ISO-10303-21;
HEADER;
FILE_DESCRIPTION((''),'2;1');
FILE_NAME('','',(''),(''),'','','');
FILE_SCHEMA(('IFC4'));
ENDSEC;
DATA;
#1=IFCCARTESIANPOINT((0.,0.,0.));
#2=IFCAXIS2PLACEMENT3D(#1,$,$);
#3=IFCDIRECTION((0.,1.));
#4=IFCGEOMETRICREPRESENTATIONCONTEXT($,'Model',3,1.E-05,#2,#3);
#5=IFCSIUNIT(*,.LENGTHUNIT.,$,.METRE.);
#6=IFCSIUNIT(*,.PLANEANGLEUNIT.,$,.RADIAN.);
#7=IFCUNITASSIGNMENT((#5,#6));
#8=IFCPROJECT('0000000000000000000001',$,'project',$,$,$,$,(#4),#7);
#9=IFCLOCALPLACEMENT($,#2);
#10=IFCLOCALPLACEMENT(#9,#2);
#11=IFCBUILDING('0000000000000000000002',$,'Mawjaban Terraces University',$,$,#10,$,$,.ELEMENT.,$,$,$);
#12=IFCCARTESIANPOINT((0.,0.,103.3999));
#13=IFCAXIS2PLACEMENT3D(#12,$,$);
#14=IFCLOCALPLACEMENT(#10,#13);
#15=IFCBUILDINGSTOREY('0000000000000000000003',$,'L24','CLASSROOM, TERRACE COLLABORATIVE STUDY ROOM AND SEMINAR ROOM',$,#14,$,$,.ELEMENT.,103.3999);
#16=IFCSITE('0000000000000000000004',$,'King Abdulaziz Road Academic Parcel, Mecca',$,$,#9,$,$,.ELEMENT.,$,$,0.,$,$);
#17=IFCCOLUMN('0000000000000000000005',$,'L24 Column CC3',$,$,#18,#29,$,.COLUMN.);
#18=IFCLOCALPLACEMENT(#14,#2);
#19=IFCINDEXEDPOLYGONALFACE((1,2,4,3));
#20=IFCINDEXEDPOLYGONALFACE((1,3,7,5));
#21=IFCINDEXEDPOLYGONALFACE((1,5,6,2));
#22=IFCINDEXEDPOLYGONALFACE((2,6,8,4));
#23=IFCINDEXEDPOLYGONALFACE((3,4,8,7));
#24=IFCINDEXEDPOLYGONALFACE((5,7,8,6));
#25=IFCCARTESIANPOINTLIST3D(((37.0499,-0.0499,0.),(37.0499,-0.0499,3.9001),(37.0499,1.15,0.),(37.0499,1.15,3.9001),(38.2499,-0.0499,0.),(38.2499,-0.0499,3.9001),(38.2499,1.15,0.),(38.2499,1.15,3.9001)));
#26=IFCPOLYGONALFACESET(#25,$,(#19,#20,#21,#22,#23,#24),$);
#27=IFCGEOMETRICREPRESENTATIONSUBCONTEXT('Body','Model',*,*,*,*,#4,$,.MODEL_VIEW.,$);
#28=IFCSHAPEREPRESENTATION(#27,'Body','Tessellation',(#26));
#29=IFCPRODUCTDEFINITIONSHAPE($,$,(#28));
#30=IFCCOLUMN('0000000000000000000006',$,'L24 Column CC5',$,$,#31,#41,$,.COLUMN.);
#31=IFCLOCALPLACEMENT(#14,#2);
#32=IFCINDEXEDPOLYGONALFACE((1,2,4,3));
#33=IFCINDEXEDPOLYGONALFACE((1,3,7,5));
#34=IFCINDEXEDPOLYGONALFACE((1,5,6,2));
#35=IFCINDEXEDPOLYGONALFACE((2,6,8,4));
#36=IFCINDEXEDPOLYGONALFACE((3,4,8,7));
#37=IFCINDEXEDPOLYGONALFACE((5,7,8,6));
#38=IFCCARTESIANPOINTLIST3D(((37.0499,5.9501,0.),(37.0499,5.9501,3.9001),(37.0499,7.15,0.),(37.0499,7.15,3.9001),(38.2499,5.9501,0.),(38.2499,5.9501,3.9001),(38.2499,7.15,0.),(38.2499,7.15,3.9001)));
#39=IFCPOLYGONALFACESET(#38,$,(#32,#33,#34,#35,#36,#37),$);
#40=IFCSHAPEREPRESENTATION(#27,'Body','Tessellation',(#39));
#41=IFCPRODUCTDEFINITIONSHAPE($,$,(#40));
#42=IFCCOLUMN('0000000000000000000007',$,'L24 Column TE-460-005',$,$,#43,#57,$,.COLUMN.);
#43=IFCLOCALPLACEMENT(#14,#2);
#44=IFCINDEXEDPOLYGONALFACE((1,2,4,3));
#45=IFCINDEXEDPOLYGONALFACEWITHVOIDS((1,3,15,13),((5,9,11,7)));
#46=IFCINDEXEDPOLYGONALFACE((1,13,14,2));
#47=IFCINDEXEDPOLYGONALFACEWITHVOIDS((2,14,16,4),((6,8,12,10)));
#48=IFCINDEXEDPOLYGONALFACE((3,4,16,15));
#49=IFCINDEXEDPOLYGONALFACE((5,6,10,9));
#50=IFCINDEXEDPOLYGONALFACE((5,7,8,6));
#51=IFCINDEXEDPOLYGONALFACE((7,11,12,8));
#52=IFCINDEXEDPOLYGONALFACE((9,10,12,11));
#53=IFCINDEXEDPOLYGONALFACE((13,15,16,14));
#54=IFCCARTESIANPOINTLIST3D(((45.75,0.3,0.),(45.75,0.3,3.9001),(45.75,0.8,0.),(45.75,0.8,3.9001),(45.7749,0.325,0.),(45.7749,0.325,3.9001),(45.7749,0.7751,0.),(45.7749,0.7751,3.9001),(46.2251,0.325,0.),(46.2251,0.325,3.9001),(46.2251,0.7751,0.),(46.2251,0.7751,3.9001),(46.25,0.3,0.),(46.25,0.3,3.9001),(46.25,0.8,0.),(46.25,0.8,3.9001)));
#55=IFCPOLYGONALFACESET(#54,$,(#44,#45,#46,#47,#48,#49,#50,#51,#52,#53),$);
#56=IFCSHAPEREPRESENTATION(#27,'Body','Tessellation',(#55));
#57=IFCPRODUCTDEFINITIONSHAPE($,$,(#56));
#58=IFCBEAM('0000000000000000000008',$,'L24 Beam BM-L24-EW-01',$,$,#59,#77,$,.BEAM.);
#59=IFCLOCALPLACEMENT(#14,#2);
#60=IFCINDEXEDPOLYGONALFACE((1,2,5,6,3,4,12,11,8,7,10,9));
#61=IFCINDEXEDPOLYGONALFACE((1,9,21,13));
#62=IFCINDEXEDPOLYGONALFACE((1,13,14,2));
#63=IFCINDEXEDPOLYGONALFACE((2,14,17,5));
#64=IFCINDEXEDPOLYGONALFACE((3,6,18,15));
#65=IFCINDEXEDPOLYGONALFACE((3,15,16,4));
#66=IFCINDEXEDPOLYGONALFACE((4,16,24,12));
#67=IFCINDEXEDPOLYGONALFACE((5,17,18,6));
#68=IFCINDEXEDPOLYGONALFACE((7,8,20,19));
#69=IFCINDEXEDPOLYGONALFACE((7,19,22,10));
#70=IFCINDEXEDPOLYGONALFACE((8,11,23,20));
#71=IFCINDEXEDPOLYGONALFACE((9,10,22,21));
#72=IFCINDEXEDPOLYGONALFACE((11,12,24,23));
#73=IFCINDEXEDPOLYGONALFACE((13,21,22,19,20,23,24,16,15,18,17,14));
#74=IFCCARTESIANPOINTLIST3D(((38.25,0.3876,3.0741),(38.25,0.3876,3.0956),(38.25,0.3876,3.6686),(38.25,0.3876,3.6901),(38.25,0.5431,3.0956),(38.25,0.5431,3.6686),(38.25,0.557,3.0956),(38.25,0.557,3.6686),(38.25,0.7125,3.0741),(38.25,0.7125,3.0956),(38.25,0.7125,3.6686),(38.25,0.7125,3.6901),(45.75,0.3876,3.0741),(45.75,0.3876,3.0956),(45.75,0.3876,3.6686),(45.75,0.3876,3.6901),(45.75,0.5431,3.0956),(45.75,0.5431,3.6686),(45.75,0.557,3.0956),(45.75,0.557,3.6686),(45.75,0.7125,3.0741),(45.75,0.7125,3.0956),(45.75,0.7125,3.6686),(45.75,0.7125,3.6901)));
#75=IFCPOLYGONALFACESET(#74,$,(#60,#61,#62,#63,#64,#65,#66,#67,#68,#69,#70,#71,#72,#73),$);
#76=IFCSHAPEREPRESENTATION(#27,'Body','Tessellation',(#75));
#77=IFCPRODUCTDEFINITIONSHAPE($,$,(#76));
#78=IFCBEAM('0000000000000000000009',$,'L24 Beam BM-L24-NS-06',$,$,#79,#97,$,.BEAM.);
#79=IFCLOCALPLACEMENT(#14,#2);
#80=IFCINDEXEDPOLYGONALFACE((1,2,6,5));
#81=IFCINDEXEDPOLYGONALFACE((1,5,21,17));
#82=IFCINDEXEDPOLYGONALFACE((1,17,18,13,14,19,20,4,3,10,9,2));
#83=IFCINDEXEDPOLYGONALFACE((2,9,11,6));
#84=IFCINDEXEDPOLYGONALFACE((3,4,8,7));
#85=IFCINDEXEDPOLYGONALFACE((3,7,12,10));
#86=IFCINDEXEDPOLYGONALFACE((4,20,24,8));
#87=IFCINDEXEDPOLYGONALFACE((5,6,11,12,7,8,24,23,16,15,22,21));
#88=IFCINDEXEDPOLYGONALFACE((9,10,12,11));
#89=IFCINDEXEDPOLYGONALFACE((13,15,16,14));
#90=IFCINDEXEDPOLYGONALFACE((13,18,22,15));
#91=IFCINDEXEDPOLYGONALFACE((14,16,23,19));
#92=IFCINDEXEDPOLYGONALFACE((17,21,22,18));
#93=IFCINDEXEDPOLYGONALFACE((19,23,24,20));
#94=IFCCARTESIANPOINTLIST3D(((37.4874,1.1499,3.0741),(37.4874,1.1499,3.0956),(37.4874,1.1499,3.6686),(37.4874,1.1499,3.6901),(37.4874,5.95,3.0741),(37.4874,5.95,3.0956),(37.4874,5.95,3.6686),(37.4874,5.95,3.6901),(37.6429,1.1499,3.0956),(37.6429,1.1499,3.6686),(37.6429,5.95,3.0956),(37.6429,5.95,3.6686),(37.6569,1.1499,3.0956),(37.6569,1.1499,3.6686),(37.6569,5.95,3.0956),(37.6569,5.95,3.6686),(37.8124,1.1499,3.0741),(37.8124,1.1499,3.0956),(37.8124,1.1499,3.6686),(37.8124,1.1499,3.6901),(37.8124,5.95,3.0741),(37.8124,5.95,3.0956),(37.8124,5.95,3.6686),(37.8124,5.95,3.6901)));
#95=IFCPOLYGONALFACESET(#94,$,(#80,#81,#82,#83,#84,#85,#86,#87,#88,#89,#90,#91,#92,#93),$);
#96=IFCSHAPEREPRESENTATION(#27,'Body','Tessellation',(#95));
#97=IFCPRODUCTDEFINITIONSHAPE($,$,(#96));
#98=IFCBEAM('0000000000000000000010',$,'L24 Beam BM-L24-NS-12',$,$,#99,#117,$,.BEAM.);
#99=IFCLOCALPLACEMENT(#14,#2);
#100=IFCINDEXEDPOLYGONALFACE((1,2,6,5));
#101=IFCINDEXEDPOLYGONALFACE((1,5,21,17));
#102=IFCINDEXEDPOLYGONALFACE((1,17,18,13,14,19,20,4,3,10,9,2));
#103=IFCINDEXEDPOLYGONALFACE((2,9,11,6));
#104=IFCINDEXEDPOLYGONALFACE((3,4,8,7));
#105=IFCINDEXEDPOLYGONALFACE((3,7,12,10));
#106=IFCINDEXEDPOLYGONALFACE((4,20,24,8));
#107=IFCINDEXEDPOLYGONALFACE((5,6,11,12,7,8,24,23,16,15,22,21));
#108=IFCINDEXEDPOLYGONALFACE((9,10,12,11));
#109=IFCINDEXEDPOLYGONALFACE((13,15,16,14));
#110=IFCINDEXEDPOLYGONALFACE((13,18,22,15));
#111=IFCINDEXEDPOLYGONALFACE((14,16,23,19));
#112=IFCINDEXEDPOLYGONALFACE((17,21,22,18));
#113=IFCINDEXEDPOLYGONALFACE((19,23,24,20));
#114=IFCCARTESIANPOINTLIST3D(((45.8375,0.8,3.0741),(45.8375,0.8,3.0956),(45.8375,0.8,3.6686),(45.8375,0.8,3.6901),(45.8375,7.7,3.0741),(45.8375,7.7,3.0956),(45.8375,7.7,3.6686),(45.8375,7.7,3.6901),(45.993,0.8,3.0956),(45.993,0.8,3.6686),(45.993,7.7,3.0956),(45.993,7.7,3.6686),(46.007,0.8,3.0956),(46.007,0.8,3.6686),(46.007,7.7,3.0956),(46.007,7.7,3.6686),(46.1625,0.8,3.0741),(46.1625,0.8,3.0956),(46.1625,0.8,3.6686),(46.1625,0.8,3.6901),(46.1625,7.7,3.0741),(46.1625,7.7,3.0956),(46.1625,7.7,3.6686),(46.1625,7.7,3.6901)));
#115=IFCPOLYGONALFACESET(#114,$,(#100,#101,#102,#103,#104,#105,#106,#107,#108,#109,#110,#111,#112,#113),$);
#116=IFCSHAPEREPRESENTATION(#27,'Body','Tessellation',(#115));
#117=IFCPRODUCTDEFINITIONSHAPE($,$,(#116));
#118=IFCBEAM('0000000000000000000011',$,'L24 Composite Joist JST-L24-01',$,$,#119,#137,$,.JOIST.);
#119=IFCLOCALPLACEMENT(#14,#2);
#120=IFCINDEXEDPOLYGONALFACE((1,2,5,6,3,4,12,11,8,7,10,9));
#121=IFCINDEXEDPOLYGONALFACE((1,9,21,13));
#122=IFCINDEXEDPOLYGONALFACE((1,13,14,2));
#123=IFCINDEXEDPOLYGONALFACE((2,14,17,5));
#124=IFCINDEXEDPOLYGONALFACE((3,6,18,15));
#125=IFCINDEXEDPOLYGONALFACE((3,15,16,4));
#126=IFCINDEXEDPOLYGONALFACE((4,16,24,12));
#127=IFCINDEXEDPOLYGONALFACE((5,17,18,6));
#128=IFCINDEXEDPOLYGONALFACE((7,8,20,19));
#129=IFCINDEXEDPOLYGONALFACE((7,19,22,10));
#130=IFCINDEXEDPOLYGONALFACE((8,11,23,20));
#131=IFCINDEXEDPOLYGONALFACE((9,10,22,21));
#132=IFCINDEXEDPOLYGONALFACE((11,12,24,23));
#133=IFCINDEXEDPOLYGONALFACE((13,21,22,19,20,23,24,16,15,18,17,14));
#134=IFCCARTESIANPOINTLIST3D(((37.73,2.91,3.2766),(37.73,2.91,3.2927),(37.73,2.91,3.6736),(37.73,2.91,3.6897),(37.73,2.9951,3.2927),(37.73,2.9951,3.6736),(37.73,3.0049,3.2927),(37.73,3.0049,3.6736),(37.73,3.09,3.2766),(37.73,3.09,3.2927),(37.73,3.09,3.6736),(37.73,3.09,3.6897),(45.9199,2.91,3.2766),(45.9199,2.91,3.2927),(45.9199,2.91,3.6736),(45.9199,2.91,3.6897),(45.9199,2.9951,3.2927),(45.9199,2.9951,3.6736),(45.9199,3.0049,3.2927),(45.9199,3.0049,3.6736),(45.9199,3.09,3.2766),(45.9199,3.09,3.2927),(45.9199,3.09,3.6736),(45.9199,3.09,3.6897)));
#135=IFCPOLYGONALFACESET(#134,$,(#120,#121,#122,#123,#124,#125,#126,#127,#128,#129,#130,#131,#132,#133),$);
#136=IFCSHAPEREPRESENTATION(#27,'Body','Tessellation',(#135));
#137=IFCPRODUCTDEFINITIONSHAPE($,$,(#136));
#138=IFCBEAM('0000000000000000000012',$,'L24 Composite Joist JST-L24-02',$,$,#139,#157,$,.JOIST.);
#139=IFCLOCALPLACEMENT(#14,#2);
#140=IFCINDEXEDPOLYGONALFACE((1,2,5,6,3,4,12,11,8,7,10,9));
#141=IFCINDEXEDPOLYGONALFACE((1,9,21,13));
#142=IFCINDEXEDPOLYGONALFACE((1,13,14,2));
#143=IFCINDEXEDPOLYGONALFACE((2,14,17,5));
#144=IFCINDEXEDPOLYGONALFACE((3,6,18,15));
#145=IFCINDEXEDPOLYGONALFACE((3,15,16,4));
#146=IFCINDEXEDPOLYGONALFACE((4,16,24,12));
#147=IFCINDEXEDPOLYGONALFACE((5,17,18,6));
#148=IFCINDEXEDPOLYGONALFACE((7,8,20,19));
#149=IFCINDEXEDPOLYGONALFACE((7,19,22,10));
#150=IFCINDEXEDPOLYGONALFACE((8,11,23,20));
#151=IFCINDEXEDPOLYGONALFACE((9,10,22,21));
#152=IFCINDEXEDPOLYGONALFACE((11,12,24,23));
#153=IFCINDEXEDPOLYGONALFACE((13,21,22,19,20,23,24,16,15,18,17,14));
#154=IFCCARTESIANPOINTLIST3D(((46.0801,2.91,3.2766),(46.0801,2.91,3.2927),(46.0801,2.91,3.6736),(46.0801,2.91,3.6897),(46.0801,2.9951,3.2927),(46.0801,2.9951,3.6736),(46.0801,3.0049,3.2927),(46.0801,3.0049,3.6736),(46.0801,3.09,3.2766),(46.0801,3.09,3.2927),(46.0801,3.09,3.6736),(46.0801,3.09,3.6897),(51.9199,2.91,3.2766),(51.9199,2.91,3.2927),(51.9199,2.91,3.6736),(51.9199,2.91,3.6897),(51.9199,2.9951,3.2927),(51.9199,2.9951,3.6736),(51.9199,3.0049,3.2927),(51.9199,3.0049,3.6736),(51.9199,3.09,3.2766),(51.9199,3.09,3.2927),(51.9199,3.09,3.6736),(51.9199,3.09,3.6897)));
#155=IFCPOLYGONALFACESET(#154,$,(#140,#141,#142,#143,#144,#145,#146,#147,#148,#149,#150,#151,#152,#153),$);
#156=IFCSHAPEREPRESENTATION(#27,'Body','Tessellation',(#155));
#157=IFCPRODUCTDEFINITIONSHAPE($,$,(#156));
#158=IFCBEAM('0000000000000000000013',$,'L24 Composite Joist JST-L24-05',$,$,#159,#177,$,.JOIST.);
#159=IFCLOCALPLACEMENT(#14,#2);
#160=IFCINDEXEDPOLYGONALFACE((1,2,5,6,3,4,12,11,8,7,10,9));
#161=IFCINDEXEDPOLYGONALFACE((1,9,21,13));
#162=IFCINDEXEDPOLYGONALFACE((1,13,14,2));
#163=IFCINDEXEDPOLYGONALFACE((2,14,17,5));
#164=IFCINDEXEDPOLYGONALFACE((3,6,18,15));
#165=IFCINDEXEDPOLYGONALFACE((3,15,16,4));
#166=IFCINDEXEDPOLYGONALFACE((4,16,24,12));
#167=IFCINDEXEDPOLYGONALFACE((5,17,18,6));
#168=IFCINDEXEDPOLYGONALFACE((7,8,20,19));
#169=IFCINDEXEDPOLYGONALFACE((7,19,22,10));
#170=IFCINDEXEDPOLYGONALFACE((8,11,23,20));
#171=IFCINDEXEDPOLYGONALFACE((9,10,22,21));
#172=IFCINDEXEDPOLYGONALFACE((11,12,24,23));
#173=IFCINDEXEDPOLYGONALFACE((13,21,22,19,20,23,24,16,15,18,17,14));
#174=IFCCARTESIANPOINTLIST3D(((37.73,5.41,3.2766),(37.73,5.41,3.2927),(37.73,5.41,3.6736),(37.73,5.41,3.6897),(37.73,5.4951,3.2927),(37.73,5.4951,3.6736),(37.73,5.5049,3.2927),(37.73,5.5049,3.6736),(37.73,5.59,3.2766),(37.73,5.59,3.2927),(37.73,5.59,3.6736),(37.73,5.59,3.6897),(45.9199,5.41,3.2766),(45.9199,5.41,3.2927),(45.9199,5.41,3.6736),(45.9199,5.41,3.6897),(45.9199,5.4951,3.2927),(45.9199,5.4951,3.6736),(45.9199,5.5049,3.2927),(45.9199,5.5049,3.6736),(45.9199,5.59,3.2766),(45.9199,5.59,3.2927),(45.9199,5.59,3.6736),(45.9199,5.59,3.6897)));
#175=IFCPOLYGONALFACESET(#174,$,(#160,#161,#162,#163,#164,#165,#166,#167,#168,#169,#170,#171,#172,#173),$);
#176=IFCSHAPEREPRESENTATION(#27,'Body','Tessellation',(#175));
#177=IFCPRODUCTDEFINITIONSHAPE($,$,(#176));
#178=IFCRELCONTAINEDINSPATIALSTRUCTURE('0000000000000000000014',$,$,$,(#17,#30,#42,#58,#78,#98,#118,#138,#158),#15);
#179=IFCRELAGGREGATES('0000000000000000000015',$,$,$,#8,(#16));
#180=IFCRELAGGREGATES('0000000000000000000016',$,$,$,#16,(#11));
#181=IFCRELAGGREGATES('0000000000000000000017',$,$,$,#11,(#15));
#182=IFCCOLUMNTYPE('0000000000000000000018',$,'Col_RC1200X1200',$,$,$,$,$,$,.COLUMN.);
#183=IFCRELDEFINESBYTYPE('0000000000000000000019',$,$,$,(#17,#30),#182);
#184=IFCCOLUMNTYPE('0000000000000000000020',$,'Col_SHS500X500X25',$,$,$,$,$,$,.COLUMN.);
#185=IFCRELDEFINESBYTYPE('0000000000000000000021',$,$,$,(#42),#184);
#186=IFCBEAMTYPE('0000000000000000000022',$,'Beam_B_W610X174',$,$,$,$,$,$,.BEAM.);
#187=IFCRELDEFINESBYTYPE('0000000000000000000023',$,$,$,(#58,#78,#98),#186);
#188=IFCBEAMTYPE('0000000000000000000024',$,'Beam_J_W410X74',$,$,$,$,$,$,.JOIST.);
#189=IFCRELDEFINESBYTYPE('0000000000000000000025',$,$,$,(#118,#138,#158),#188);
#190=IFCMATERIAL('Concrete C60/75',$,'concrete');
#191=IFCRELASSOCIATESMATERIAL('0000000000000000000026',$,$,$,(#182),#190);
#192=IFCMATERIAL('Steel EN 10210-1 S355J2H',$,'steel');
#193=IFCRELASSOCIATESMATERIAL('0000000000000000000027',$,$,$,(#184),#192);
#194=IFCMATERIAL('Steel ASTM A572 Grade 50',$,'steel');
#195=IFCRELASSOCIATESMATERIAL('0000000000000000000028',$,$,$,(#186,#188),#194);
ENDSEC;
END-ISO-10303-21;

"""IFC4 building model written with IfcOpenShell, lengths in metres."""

from ifc_helpers import new_model, si_unit, direction, frame, origin, origin_2d, place, context, subcontext, project, spatial, rectangle, hollow_rectangle, i_section, extrude, material, material_profile, profile_set, type_object, element, save


model = new_model("IFC4")

# Units and contexts
model_context = context("Model", 3, precision=1e-05, world=origin(), true_north=direction((0.0, 1.0)))
body_context = subcontext(model_context, "Body", "Model", "MODEL_VIEW")
ifc_project = project(units=[si_unit("LENGTHUNIT", "METRE"), si_unit("PLANEANGLEUNIT", "RADIAN")], contexts=[model_context])

# Site, building, storey
site_placement = place(None, origin())
site = spatial("IfcSite", under=ifc_project, at=site_placement, Name="King Abdulaziz Road Academic Parcel, Mecca", CompositionType="ELEMENT", RefElevation=0.0)
building_placement = place(site_placement, origin())
building = spatial("IfcBuilding", under=site, at=building_placement, Name="Mawjaban Terraces University", CompositionType="ELEMENT")
storey_placement = place(building_placement, frame((0.0, 0.0, 103.3999)))
storey = spatial("IfcBuildingStorey", under=building, at=storey_placement, Name="L24", Description="CLASSROOM, TERRACE COLLABORATIVE STUDY ROOM AND SEMINAR ROOM", CompositionType="ELEMENT", Elevation=103.3999)

# Columns
ifc_material_1 = material(Name="Concrete C60/75", Category="concrete")
ifc_material_profile_1 = material_profile(ifc_material_1, rectangle(XDim=1.2, YDim=1.2, at=origin_2d()), Name="RC1200X1200")
ifc_profile_set_1 = profile_set([ifc_material_profile_1], Name="Concrete C60/75")
column_type_1 = type_object("IfcColumnType", Name="Col_RC1200X1200", PredefinedType="COLUMN", material=ifc_profile_set_1)
for number, where, z_axis, x_axis, name in (
    (1, (37.6499, 0.55, 0.0), (0.0, 0.0, 1.0), (1.0, 0.0, 0.0), "L24 Column CC3"),
    (2, (37.6499, 6.55, 0.0), (0.0, 0.0, 1.0), (1.0, 0.0, 0.0), "L24 Column CC5"),
):
    element("IfcColumn", number, at=place(storey_placement, frame(where, z_axis=z_axis, x_axis=x_axis)), inside=storey, type_object=column_type_1, Name=name, PredefinedType="COLUMN", context=body_context, shape_type="SweptSolid", body=[
        extrude(rectangle(XDim=1.2, YDim=1.2, at=origin_2d()), origin(), (0.0, 0.0, 1.0), 3.9001),
    ])
ifc_material_2 = material(Name="Steel EN 10210-1 S355J2H", Category="steel")
ifc_material_profile_2 = material_profile(ifc_material_2, hollow_rectangle(XDim=0.5, YDim=0.5, WallThickness=0.0249, at=origin_2d()), Name="SHS500X500X25")
ifc_profile_set_2 = profile_set([ifc_material_profile_2], Name="Steel EN 10210-1 S355J2H")
column_type_2 = type_object("IfcColumnType", Name="Col_SHS500X500X25", PredefinedType="COLUMN", material=ifc_profile_set_2)
column_placement = place(storey_placement, frame((46.0, 0.55, 0.0), z_axis=(0.0, 0.0, 1.0), x_axis=(1.0, 0.0, 0.0)))
element("IfcColumn", 3, at=column_placement, inside=storey, type_object=column_type_2, Name="L24 Column TE-460-005", PredefinedType="COLUMN", context=body_context, shape_type="SweptSolid", body=[
    extrude(hollow_rectangle(XDim=0.5, YDim=0.5, WallThickness=0.0249, at=origin_2d()), origin(), (0.0, 0.0, 1.0), 3.9001),
])

# Beams
ifc_material_3 = material(Name="Steel ASTM A572 Grade 50", Category="steel")
ifc_material_profile_3 = material_profile(ifc_material_3, i_section(OverallWidth=0.325, OverallDepth=0.616, WebThickness=0.0139, FlangeThickness=0.0215, at=origin_2d()), Name="W610X174")
ifc_profile_set_3 = profile_set([ifc_material_profile_3], Name="Steel ASTM A572 Grade 50")
beam_type_1 = type_object("IfcBeamType", Name="Beam_B_W610X174", PredefinedType="BEAM", material=ifc_profile_set_3)
beam_1_placement = place(storey_placement, frame((38.25, 0.55, 3.3821), z_axis=(1.0, 0.0, 0.0), x_axis=(0.0, 1.0, 0.0)))
element("IfcBeam", 4, at=beam_1_placement, inside=storey, type_object=beam_type_1, Name="L24 Beam BM-L24-EW-01", PredefinedType="BEAM", context=body_context, shape_type="SweptSolid", body=[
    extrude(i_section(OverallWidth=0.325, OverallDepth=0.616, WebThickness=0.0139, FlangeThickness=0.0215, at=origin_2d()), origin(), (0.0, 0.0, 1.0), 7.5),
])
beam_2_placement = place(storey_placement, frame((37.6499, 1.1499, 3.3821), z_axis=(0.0, 1.0, 0.0), x_axis=(-1.0, 0.0, 0.0)))
element("IfcBeam", 5, at=beam_2_placement, inside=storey, type_object=beam_type_1, Name="L24 Beam BM-L24-NS-06", PredefinedType="BEAM", context=body_context, shape_type="SweptSolid", body=[
    extrude(i_section(OverallWidth=0.325, OverallDepth=0.616, WebThickness=0.0139, FlangeThickness=0.0215, at=origin_2d()), origin(), (0.0, 0.0, 1.0), 4.8),
])
beam_3_placement = place(storey_placement, frame((46.0, 0.8, 3.3821), z_axis=(0.0, 1.0, 0.0), x_axis=(-1.0, 0.0, 0.0)))
element("IfcBeam", 6, at=beam_3_placement, inside=storey, type_object=beam_type_1, Name="L24 Beam BM-L24-NS-12", PredefinedType="BEAM", context=body_context, shape_type="SweptSolid", body=[
    extrude(i_section(OverallWidth=0.325, OverallDepth=0.616, WebThickness=0.0139, FlangeThickness=0.0215, at=origin_2d()), origin(), (0.0, 0.0, 1.0), 6.8999),
])
ifc_material_profile_4 = material_profile(ifc_material_3, i_section(OverallWidth=0.1799, OverallDepth=0.4131, WebThickness=0.0098, FlangeThickness=0.0161, at=origin_2d()), Name="W410X74")
ifc_profile_set_4 = profile_set([ifc_material_profile_4], Name="Steel ASTM A572 Grade 50")
beam_type_2 = type_object("IfcBeamType", Name="Beam_J_W410X74", PredefinedType="JOIST", material=ifc_profile_set_4)
beam_4_placement = place(storey_placement, frame((37.73, 3.0, 3.4832), z_axis=(1.0, 0.0, 0.0), x_axis=(0.0, 1.0, 0.0)))
element("IfcBeam", 7, at=beam_4_placement, inside=storey, type_object=beam_type_2, Name="L24 Composite Joist JST-L24-01", PredefinedType="JOIST", context=body_context, shape_type="SweptSolid", body=[
    extrude(i_section(OverallWidth=0.1799, OverallDepth=0.4131, WebThickness=0.0098, FlangeThickness=0.0161, at=origin_2d()), origin(), (0.0, 0.0, 1.0), 8.1899),
])
beam_5_placement = place(storey_placement, frame((46.0801, 3.0, 3.4832), z_axis=(1.0, 0.0, 0.0), x_axis=(0.0, 1.0, 0.0)))
element("IfcBeam", 8, at=beam_5_placement, inside=storey, type_object=beam_type_2, Name="L24 Composite Joist JST-L24-02", PredefinedType="JOIST", context=body_context, shape_type="SweptSolid", body=[
    extrude(i_section(OverallWidth=0.1799, OverallDepth=0.4131, WebThickness=0.0098, FlangeThickness=0.0161, at=origin_2d()), origin(), (0.0, 0.0, 1.0), 5.8398),
])
beam_6_placement = place(storey_placement, frame((37.73, 5.5, 3.4832), z_axis=(1.0, 0.0, 0.0), x_axis=(0.0, 1.0, 0.0)))
element("IfcBeam", 9, at=beam_6_placement, inside=storey, type_object=beam_type_2, Name="L24 Composite Joist JST-L24-05", PredefinedType="JOIST", context=body_context, shape_type="SweptSolid", body=[
    extrude(i_section(OverallWidth=0.1799, OverallDepth=0.4131, WebThickness=0.0098, FlangeThickness=0.0161, at=origin_2d()), origin(), (0.0, 0.0, 1.0), 8.1899),
])

save(model, "model.ifc")
